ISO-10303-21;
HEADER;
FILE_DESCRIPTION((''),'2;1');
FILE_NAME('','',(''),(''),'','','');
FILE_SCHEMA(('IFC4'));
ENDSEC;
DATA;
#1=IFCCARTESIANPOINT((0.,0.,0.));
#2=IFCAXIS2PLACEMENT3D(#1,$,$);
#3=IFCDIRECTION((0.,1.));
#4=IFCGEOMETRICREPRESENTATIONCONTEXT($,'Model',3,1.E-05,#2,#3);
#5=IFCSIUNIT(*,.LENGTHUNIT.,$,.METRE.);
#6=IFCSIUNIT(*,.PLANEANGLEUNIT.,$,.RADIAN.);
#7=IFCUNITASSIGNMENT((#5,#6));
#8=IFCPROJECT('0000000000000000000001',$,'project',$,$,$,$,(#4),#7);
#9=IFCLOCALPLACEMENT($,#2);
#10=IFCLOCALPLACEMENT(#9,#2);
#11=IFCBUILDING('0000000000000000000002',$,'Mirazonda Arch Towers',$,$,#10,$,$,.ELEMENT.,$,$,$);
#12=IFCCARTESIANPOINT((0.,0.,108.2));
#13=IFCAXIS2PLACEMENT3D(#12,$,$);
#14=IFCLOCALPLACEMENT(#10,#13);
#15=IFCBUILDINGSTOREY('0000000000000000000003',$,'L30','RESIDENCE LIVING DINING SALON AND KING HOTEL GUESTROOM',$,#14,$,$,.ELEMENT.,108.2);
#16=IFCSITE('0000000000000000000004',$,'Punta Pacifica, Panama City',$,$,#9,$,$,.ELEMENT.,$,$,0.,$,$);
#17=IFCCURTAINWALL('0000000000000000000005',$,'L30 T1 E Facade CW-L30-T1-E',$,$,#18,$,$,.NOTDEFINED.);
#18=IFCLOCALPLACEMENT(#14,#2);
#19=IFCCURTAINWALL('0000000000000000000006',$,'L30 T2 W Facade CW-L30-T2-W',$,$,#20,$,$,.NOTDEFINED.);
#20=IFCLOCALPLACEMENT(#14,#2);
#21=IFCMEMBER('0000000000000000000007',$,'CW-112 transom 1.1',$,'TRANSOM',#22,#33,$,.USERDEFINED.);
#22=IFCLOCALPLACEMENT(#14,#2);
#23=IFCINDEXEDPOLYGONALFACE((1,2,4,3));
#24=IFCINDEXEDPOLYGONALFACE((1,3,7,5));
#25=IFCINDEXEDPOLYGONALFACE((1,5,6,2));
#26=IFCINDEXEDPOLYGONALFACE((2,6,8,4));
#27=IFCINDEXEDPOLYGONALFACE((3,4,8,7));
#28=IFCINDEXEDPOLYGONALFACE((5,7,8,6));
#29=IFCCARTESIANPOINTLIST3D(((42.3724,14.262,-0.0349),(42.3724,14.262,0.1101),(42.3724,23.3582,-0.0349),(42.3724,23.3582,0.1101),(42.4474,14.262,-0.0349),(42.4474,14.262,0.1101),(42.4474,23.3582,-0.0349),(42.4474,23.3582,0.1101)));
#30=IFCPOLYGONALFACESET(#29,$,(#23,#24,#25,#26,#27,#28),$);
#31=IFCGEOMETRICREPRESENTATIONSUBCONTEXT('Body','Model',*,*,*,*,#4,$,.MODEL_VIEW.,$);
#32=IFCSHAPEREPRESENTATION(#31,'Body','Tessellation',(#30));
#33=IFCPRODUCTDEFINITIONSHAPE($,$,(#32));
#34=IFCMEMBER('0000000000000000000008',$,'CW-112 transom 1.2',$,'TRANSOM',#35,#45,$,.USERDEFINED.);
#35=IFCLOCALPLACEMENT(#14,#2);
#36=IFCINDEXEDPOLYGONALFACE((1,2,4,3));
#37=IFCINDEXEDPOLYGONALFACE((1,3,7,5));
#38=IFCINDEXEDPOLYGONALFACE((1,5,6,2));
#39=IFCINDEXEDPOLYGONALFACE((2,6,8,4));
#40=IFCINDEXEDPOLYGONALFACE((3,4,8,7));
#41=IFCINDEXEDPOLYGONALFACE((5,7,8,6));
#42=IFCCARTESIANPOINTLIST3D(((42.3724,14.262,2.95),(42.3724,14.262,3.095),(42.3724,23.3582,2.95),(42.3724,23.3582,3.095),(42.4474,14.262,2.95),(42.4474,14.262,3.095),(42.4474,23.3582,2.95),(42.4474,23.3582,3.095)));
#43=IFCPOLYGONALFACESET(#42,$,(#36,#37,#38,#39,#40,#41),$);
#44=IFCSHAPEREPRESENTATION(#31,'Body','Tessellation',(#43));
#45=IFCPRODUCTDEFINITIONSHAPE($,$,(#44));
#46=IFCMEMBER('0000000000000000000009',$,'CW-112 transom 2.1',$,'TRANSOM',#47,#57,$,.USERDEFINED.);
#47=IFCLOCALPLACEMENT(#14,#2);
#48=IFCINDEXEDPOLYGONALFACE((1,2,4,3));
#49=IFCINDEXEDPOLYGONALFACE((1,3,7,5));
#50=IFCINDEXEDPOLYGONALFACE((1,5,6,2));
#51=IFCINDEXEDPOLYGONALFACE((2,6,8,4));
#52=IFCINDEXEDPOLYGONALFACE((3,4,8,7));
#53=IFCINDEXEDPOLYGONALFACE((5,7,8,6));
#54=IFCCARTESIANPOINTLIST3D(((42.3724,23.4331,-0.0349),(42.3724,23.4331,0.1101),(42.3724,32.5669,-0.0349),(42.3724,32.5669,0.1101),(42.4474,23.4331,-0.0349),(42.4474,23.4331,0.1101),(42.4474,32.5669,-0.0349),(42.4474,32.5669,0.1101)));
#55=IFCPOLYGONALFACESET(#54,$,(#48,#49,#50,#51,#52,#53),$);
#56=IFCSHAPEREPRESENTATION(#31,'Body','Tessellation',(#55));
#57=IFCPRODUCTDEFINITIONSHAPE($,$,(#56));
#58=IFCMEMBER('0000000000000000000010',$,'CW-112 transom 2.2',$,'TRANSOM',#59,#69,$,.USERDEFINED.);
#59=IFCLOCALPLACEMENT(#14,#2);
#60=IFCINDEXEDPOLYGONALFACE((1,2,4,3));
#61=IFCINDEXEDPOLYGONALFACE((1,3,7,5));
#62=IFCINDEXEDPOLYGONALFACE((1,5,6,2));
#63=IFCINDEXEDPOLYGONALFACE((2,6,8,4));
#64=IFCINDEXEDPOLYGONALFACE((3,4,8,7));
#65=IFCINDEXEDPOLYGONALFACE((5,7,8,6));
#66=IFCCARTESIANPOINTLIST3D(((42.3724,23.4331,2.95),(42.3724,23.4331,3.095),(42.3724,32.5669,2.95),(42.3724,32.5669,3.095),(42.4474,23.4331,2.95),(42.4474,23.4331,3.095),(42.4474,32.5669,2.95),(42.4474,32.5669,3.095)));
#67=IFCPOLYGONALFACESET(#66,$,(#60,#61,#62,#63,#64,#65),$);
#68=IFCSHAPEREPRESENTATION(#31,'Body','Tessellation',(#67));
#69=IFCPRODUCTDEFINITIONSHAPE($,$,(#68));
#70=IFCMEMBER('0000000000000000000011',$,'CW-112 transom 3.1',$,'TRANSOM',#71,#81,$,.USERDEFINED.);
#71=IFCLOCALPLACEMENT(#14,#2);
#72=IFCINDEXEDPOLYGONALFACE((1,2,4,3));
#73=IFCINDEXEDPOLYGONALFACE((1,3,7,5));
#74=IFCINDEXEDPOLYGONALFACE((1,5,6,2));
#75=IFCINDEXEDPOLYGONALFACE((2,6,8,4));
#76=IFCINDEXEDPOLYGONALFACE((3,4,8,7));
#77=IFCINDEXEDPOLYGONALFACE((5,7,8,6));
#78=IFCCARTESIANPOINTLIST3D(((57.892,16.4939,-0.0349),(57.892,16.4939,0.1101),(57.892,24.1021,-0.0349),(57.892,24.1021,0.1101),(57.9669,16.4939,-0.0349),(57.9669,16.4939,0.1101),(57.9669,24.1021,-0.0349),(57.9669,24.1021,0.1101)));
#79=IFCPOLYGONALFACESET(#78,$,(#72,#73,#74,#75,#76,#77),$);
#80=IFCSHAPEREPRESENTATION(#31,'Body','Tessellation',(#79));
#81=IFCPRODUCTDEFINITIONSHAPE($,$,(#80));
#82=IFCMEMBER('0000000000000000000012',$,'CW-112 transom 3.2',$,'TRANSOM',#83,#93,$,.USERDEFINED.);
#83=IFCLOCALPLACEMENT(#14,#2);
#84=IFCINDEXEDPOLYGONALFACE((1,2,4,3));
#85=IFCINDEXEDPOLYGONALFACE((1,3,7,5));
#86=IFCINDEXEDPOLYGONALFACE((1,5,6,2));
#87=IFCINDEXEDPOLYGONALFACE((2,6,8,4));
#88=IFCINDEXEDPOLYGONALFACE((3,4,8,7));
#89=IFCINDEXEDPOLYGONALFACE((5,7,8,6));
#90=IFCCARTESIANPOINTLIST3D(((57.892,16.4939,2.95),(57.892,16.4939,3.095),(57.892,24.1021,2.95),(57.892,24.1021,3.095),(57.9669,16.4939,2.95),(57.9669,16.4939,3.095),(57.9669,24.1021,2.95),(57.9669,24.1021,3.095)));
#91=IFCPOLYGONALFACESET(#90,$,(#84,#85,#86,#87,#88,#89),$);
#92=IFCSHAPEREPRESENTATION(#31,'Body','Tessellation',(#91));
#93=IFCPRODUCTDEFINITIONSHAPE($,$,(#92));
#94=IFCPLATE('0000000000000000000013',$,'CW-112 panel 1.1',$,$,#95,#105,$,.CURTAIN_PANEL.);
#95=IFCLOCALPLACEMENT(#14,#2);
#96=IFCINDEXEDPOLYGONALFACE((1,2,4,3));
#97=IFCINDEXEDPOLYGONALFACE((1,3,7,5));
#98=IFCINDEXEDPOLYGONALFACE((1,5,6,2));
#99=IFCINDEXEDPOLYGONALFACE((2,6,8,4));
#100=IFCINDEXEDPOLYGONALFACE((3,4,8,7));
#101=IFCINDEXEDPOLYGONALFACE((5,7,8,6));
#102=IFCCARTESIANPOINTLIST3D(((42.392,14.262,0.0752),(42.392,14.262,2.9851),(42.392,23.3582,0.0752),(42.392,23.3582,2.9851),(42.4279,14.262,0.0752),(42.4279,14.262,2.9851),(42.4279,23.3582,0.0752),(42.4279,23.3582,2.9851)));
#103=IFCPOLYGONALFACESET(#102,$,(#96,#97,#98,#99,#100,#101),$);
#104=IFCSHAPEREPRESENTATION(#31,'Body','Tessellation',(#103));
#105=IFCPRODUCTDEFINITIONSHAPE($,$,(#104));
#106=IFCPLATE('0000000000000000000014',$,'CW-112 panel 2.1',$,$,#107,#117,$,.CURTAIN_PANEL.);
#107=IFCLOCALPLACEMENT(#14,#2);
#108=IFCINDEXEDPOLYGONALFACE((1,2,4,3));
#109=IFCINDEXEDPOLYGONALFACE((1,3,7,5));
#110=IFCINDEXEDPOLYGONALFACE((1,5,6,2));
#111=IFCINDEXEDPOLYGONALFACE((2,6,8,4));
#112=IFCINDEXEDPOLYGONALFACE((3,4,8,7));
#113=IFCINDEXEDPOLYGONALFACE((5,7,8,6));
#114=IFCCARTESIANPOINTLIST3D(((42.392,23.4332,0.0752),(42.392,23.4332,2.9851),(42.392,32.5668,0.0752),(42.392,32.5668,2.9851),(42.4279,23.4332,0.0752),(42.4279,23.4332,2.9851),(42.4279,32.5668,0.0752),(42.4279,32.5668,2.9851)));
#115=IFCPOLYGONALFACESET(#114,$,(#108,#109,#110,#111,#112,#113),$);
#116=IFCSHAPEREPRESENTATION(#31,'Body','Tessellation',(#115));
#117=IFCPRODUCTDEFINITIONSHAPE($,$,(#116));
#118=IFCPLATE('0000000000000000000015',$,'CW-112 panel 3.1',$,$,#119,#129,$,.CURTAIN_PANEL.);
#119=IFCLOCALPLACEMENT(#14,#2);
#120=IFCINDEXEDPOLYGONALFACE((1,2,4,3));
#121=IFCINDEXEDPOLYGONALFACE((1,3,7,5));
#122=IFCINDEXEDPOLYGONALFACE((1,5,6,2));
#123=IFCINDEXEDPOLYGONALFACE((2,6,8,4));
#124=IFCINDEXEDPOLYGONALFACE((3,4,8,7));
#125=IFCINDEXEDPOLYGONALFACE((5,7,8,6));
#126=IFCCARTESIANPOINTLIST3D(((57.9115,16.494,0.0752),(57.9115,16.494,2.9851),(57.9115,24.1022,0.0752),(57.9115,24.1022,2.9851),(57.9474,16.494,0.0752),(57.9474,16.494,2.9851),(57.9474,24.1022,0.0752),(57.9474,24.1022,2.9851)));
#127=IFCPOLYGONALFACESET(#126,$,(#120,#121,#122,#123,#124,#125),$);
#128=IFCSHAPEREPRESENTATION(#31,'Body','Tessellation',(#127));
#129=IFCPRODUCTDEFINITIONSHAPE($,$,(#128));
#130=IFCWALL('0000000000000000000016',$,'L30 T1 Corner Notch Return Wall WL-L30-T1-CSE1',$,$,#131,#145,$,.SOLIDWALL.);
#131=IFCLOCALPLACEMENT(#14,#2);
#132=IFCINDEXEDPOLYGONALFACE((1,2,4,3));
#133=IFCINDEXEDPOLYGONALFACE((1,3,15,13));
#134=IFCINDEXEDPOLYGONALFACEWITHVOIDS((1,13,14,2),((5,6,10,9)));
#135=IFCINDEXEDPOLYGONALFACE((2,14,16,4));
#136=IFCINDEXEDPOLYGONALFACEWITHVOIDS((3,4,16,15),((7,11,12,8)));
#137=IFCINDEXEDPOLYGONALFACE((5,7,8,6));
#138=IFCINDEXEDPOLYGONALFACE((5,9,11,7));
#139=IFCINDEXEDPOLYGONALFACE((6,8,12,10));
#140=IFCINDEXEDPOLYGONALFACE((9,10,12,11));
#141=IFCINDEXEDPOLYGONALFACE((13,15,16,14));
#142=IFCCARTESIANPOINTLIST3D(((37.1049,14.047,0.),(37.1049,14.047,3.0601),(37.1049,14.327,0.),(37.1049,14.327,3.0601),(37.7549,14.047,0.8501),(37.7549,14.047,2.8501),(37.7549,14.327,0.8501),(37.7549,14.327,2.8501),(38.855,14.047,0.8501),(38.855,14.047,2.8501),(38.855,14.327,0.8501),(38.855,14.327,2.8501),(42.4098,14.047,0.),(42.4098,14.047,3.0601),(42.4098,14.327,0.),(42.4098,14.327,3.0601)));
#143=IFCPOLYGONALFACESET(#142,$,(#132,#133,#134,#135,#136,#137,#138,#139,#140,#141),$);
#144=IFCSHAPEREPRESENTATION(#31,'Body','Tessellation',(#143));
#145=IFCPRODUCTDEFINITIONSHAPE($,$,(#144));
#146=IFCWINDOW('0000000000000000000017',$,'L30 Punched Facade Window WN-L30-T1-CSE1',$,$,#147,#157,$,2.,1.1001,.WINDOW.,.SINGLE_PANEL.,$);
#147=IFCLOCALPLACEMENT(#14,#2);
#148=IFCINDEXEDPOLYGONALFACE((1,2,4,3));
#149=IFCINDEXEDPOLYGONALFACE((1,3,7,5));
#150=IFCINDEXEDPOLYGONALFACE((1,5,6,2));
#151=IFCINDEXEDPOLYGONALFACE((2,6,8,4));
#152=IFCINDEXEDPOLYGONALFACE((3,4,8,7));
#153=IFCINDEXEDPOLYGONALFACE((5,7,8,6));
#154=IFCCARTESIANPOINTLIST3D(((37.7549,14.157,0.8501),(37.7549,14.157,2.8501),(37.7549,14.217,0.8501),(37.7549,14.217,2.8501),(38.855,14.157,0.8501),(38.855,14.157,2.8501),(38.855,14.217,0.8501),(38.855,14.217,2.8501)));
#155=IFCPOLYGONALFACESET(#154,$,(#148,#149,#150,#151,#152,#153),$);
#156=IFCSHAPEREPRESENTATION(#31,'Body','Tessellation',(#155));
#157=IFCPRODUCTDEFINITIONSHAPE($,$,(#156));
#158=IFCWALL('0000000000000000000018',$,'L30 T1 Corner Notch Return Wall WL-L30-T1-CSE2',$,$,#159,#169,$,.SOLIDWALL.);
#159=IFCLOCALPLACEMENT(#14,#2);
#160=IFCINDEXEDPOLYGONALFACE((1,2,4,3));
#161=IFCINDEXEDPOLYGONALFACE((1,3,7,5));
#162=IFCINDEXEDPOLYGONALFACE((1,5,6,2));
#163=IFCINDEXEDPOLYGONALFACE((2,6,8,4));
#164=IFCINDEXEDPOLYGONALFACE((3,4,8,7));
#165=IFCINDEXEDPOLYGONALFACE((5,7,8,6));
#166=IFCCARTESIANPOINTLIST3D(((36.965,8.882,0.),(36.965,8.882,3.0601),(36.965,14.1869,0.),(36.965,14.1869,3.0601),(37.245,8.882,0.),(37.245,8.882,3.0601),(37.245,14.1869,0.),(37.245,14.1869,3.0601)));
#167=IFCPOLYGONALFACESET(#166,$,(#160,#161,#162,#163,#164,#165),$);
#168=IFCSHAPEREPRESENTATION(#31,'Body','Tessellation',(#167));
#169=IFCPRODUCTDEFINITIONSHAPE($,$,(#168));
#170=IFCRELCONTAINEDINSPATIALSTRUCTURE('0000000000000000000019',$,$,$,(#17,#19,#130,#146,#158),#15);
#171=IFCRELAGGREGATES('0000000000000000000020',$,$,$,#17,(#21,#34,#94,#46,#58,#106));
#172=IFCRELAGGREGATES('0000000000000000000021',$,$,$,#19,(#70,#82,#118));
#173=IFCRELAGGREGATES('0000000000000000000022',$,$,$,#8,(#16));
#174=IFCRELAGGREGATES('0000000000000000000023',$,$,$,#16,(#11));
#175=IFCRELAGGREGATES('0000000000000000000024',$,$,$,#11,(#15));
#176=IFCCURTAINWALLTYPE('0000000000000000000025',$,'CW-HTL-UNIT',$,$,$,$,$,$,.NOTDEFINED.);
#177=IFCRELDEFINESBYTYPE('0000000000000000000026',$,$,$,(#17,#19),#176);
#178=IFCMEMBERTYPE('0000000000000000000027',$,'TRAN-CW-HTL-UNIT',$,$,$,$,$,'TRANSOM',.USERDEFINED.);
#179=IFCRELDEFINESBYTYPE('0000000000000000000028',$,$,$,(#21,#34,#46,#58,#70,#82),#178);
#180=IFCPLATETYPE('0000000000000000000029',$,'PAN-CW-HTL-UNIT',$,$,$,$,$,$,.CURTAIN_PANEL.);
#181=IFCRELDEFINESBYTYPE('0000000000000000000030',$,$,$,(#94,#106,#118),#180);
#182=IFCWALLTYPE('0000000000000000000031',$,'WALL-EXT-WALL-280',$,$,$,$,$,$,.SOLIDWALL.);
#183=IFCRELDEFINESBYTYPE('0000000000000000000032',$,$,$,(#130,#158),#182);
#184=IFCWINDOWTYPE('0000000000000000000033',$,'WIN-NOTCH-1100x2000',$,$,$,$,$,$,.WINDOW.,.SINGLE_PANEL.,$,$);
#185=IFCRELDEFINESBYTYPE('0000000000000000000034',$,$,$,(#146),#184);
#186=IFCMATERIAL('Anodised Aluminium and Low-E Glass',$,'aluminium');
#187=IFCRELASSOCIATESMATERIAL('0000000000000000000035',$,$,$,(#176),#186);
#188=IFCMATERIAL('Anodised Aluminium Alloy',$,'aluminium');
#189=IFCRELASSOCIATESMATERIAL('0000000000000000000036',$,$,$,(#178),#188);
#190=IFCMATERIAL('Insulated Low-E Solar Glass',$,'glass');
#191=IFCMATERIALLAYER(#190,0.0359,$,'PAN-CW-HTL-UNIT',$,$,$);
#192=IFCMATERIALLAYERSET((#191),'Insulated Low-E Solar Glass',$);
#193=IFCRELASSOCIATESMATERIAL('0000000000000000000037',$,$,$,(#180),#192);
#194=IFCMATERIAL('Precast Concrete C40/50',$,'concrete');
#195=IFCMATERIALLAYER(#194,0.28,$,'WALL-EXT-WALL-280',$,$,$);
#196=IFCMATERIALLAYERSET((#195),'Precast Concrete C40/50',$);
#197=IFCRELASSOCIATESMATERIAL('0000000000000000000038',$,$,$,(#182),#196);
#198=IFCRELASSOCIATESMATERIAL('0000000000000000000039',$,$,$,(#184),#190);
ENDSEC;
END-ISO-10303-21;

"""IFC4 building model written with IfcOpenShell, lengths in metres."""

from ifc_helpers import new_model, si_unit, direction, frame, frame_2d, origin, origin_2d, place, context, subcontext, project, spatial, rectangle, extrude, material, layer, layer_set, material_profile, profile_set, type_object, element, fill, aggregate, save


model = new_model("IFC4")

# Units and contexts
model_context = context("Model", 3, precision=1e-05, world=origin(), true_north=direction((0.0, 1.0)))
body_context = subcontext(model_context, "Body", "Model", "MODEL_VIEW")
ifc_project = project(units=[si_unit("LENGTHUNIT", "METRE"), si_unit("PLANEANGLEUNIT", "RADIAN")], contexts=[model_context])

# Site, building, storey
site_placement = place(None, origin())
site = spatial("IfcSite", under=ifc_project, at=site_placement, Name="Punta Pacifica, Panama City", CompositionType="ELEMENT", RefElevation=0.0)
building_placement = place(site_placement, origin())
building = spatial("IfcBuilding", under=site, at=building_placement, Name="Mirazonda Arch Towers", CompositionType="ELEMENT")
storey_placement = place(building_placement, frame((0.0, 0.0, 108.2)))
storey = spatial("IfcBuildingStorey", under=building, at=storey_placement, Name="L30", Description="RESIDENCE LIVING DINING SALON AND KING HOTEL GUESTROOM", CompositionType="ELEMENT", Elevation=108.2)

# Curtain walls
ifc_material_1 = material(Name="Anodised Aluminium and Low-E Glass", Category="aluminium")
curtain_wall_type = type_object("IfcCurtainWallType", Name="CW-HTL-UNIT", PredefinedType="NOTDEFINED", material=ifc_material_1)
curtain_wall_1_placement = place(storey_placement, origin())
curtain_wall_1 = element("IfcCurtainWall", 1, at=curtain_wall_1_placement, inside=storey, type_object=curtain_wall_type, Name="L30 T1 E Facade CW-L30-T1-E", PredefinedType="NOTDEFINED")
ifc_material_2 = material(Name="Anodised Aluminium Alloy", Category="aluminium")
curtain_wall_2_placement = place(storey_placement, origin())
curtain_wall_2 = element("IfcCurtainWall", 2, at=curtain_wall_2_placement, inside=storey, type_object=curtain_wall_type, Name="L30 T2 W Facade CW-L30-T2-W", PredefinedType="NOTDEFINED")

# Members
ifc_material_profile_1 = material_profile(ifc_material_2, rectangle(XDim=0.075, YDim=0.145, at=origin_2d()), Name="ALU-TRAN-75x145")
ifc_profile_set_1 = profile_set([ifc_material_profile_1], Name="Anodised Aluminium Alloy")
member_type_1 = type_object("IfcMemberType", Name="TRAN-CW-HTL-UNIT", ElementType="TRANSOM", PredefinedType="USERDEFINED", material=ifc_profile_set_1)
member_1_placement = place(storey_placement, frame((42.4099, 14.262, 0.0376), z_axis=(0.0, 1.0, 0.0), x_axis=(-1.0, 0.0, 0.0)))
member_1 = element("IfcMember", 3, at=member_1_placement, type_object=member_type_1, Name="CW-112 transom 1.1", ObjectType="TRANSOM", PredefinedType="USERDEFINED", context=body_context, shape_type="SweptSolid", body=[
    extrude(rectangle(XDim=0.075, YDim=0.145, at=origin_2d()), origin(), (0.0, 0.0, 1.0), 9.0962),
])
member_2_placement = place(storey_placement, frame((42.4099, 14.262, 3.0225), z_axis=(0.0, 1.0, 0.0), x_axis=(-1.0, 0.0, 0.0)))
member_2 = element("IfcMember", 4, at=member_2_placement, type_object=member_type_1, Name="CW-112 transom 1.2", ObjectType="TRANSOM", PredefinedType="USERDEFINED", context=body_context, shape_type="SweptSolid", body=[
    extrude(rectangle(XDim=0.075, YDim=0.145, at=origin_2d()), origin(), (0.0, 0.0, 1.0), 9.0962),
])
member_3_placement = place(storey_placement, frame((42.4099, 23.4331, 0.0376), z_axis=(0.0, 1.0, 0.0), x_axis=(-1.0, 0.0, 0.0)))
member_3 = element("IfcMember", 5, at=member_3_placement, type_object=member_type_1, Name="CW-112 transom 2.1", ObjectType="TRANSOM", PredefinedType="USERDEFINED", context=body_context, shape_type="SweptSolid", body=[
    extrude(rectangle(XDim=0.075, YDim=0.145, at=origin_2d()), origin(), (0.0, 0.0, 1.0), 9.1338),
])
member_4_placement = place(storey_placement, frame((42.4099, 23.4331, 3.0225), z_axis=(0.0, 1.0, 0.0), x_axis=(-1.0, 0.0, 0.0)))
member_4 = element("IfcMember", 6, at=member_4_placement, type_object=member_type_1, Name="CW-112 transom 2.2", ObjectType="TRANSOM", PredefinedType="USERDEFINED", context=body_context, shape_type="SweptSolid", body=[
    extrude(rectangle(XDim=0.075, YDim=0.145, at=origin_2d()), origin(), (0.0, 0.0, 1.0), 9.1338),
])
member_5_placement = place(storey_placement, frame((57.9294, 24.1021, 0.0376), z_axis=(0.0, -1.0, 0.0), x_axis=(1.0, 0.0, 0.0)))
member_5 = element("IfcMember", 7, at=member_5_placement, type_object=member_type_1, Name="CW-112 transom 3.1", ObjectType="TRANSOM", PredefinedType="USERDEFINED", context=body_context, shape_type="SweptSolid", body=[
    extrude(rectangle(XDim=0.075, YDim=0.145, at=origin_2d()), origin(), (0.0, 0.0, 1.0), 7.6082),
])
member_6_placement = place(storey_placement, frame((57.9294, 24.1021, 3.0225), z_axis=(0.0, -1.0, 0.0), x_axis=(1.0, 0.0, 0.0)))
member_6 = element("IfcMember", 8, at=member_6_placement, type_object=member_type_1, Name="CW-112 transom 3.2", ObjectType="TRANSOM", PredefinedType="USERDEFINED", context=body_context, shape_type="SweptSolid", body=[
    extrude(rectangle(XDim=0.075, YDim=0.145, at=origin_2d()), origin(), (0.0, 0.0, 1.0), 7.6082),
])

# Plates
ifc_material_3 = material(Name="Insulated Low-E Solar Glass", Category="glass")
ifc_layer_1 = layer(ifc_material_3, 0.0359, Name="PAN-CW-HTL-UNIT")
ifc_layer_set_1 = layer_set([ifc_layer_1], Name="Insulated Low-E Solar Glass")
plate_type = type_object("IfcPlateType", Name="PAN-CW-HTL-UNIT", PredefinedType="CURTAIN_PANEL", material=ifc_layer_set_1)
plate_1_placement = place(storey_placement, frame((42.4099, 18.8101, 0.0752), z_axis=(0.0, 0.0, 1.0), x_axis=(0.0, 1.0, 0.0)))
plate_1 = element("IfcPlate", 9, at=plate_1_placement, type_object=plate_type, Name="CW-112 panel 1.1", PredefinedType="CURTAIN_PANEL", context=body_context, shape_type="SweptSolid", body=[
    extrude(rectangle(XDim=9.0962, YDim=0.0359, at=origin_2d()), origin(), (0.0, 0.0, 1.0), 2.9099),
])
plate_2_placement = place(storey_placement, frame((42.4099, 28.0, 0.0752), z_axis=(0.0, 0.0, 1.0), x_axis=(0.0, 1.0, 0.0)))
plate_2 = element("IfcPlate", 10, at=plate_2_placement, type_object=plate_type, Name="CW-112 panel 2.1", PredefinedType="CURTAIN_PANEL", context=body_context, shape_type="SweptSolid", body=[
    extrude(rectangle(XDim=9.1335, YDim=0.0359, at=origin_2d()), origin(), (0.0, 0.0, 1.0), 2.9099),
])
aggregate(curtain_wall_1, [member_1, member_2, plate_1, member_3, member_4, plate_2])
plate_3_placement = place(storey_placement, frame((57.9294, 20.2981, 0.0752), z_axis=(0.0, 0.0, 1.0), x_axis=(0.0, -1.0, 0.0)))
plate_3 = element("IfcPlate", 11, at=plate_3_placement, type_object=plate_type, Name="CW-112 panel 3.1", PredefinedType="CURTAIN_PANEL", context=body_context, shape_type="SweptSolid", body=[
    extrude(rectangle(XDim=7.6082, YDim=0.0359, at=origin_2d()), origin(), (0.0, 0.0, 1.0), 2.9099),
])
aggregate(curtain_wall_2, [member_5, member_6, plate_3])

# Wall, opening, window
ifc_material_4 = material(Name="Precast Concrete C40/50", Category="concrete")
ifc_layer_2 = layer(ifc_material_4, 0.28, Name="WALL-EXT-WALL-280")
ifc_layer_set_2 = layer_set([ifc_layer_2], Name="Precast Concrete C40/50")
wall_type_1 = type_object("IfcWallType", Name="WALL-EXT-WALL-280", PredefinedType="SOLIDWALL", material=ifc_layer_set_2)
wall_1_placement = place(storey_placement, frame((37.105, 14.187, 0.0), z_axis=(0.0, 0.0, 1.0), x_axis=(1.0, 0.0, 0.0)))
wall_1 = element("IfcWall", 12, at=wall_1_placement, inside=storey, type_object=wall_type_1, Name="L30 T1 Corner Notch Return Wall WL-L30-T1-CSE1", PredefinedType="SOLIDWALL", context=body_context, shape_type="SweptSolid", body=[
    extrude(rectangle(XDim=5.3049, YDim=0.28, at=frame_2d((2.6523, 0.0))), origin(), (0.0, 0.0, 1.0), 3.0601),
])
opening_1_placement = place(wall_1_placement, frame((0.6499, 0.0, 0.8501)))
opening_1 = element("IfcOpeningElement", 13, at=opening_1_placement, cuts=wall_1, PredefinedType="OPENING", context=body_context, shape_type="SweptSolid", body=[
    extrude(rectangle(XDim=1.1001, YDim=2.0, at=frame_2d((0.55, 1.0))), frame((0.0, 0.1499, 0.0), z_axis=(0.0, -1.0, 0.0), x_axis=(1.0, 0.0, 0.0)), (0.0, 0.0, 1.0), 0.3),
])
window_type_1 = type_object("IfcWindowType", Name="WIN-NOTCH-1100x2000", PartitioningType="SINGLE_PANEL", PredefinedType="WINDOW", material=ifc_material_3)
window_1_placement = place(opening_1_placement, origin())
window_1 = element("IfcWindow", 14, at=window_1_placement, inside=storey, type_object=window_type_1, Name="L30 Punched Facade Window WN-L30-T1-CSE1", OverallHeight=2.0, OverallWidth=1.1001, PartitioningType="SINGLE_PANEL", PredefinedType="WINDOW", context=body_context, shape_type="SweptSolid", body=[
    extrude(rectangle(XDim=1.1001, YDim=2.0, at=frame_2d((0.55, 1.0))), frame((0.0, 0.03, 0.0), z_axis=(0.0, -1.0, 0.0), x_axis=(1.0, 0.0, 0.0)), (0.0, 0.0, 1.0), 0.0601),
])
fill(opening_1, window_1)

# Wall
wall_2_placement = place(storey_placement, frame((37.105, 8.8821, 0.0), z_axis=(0.0, 0.0, 1.0), x_axis=(0.0, 1.0, 0.0)))
element("IfcWall", 15, at=wall_2_placement, inside=storey, type_object=wall_type_1, Name="L30 T1 Corner Notch Return Wall WL-L30-T1-CSE2", PredefinedType="SOLIDWALL", context=body_context, shape_type="SweptSolid", body=[
    extrude(rectangle(XDim=5.3049, YDim=0.28, at=frame_2d((2.6523, 0.0))), origin(), (0.0, 0.0, 1.0), 3.0601),
])

save(model, "model.ifc")
